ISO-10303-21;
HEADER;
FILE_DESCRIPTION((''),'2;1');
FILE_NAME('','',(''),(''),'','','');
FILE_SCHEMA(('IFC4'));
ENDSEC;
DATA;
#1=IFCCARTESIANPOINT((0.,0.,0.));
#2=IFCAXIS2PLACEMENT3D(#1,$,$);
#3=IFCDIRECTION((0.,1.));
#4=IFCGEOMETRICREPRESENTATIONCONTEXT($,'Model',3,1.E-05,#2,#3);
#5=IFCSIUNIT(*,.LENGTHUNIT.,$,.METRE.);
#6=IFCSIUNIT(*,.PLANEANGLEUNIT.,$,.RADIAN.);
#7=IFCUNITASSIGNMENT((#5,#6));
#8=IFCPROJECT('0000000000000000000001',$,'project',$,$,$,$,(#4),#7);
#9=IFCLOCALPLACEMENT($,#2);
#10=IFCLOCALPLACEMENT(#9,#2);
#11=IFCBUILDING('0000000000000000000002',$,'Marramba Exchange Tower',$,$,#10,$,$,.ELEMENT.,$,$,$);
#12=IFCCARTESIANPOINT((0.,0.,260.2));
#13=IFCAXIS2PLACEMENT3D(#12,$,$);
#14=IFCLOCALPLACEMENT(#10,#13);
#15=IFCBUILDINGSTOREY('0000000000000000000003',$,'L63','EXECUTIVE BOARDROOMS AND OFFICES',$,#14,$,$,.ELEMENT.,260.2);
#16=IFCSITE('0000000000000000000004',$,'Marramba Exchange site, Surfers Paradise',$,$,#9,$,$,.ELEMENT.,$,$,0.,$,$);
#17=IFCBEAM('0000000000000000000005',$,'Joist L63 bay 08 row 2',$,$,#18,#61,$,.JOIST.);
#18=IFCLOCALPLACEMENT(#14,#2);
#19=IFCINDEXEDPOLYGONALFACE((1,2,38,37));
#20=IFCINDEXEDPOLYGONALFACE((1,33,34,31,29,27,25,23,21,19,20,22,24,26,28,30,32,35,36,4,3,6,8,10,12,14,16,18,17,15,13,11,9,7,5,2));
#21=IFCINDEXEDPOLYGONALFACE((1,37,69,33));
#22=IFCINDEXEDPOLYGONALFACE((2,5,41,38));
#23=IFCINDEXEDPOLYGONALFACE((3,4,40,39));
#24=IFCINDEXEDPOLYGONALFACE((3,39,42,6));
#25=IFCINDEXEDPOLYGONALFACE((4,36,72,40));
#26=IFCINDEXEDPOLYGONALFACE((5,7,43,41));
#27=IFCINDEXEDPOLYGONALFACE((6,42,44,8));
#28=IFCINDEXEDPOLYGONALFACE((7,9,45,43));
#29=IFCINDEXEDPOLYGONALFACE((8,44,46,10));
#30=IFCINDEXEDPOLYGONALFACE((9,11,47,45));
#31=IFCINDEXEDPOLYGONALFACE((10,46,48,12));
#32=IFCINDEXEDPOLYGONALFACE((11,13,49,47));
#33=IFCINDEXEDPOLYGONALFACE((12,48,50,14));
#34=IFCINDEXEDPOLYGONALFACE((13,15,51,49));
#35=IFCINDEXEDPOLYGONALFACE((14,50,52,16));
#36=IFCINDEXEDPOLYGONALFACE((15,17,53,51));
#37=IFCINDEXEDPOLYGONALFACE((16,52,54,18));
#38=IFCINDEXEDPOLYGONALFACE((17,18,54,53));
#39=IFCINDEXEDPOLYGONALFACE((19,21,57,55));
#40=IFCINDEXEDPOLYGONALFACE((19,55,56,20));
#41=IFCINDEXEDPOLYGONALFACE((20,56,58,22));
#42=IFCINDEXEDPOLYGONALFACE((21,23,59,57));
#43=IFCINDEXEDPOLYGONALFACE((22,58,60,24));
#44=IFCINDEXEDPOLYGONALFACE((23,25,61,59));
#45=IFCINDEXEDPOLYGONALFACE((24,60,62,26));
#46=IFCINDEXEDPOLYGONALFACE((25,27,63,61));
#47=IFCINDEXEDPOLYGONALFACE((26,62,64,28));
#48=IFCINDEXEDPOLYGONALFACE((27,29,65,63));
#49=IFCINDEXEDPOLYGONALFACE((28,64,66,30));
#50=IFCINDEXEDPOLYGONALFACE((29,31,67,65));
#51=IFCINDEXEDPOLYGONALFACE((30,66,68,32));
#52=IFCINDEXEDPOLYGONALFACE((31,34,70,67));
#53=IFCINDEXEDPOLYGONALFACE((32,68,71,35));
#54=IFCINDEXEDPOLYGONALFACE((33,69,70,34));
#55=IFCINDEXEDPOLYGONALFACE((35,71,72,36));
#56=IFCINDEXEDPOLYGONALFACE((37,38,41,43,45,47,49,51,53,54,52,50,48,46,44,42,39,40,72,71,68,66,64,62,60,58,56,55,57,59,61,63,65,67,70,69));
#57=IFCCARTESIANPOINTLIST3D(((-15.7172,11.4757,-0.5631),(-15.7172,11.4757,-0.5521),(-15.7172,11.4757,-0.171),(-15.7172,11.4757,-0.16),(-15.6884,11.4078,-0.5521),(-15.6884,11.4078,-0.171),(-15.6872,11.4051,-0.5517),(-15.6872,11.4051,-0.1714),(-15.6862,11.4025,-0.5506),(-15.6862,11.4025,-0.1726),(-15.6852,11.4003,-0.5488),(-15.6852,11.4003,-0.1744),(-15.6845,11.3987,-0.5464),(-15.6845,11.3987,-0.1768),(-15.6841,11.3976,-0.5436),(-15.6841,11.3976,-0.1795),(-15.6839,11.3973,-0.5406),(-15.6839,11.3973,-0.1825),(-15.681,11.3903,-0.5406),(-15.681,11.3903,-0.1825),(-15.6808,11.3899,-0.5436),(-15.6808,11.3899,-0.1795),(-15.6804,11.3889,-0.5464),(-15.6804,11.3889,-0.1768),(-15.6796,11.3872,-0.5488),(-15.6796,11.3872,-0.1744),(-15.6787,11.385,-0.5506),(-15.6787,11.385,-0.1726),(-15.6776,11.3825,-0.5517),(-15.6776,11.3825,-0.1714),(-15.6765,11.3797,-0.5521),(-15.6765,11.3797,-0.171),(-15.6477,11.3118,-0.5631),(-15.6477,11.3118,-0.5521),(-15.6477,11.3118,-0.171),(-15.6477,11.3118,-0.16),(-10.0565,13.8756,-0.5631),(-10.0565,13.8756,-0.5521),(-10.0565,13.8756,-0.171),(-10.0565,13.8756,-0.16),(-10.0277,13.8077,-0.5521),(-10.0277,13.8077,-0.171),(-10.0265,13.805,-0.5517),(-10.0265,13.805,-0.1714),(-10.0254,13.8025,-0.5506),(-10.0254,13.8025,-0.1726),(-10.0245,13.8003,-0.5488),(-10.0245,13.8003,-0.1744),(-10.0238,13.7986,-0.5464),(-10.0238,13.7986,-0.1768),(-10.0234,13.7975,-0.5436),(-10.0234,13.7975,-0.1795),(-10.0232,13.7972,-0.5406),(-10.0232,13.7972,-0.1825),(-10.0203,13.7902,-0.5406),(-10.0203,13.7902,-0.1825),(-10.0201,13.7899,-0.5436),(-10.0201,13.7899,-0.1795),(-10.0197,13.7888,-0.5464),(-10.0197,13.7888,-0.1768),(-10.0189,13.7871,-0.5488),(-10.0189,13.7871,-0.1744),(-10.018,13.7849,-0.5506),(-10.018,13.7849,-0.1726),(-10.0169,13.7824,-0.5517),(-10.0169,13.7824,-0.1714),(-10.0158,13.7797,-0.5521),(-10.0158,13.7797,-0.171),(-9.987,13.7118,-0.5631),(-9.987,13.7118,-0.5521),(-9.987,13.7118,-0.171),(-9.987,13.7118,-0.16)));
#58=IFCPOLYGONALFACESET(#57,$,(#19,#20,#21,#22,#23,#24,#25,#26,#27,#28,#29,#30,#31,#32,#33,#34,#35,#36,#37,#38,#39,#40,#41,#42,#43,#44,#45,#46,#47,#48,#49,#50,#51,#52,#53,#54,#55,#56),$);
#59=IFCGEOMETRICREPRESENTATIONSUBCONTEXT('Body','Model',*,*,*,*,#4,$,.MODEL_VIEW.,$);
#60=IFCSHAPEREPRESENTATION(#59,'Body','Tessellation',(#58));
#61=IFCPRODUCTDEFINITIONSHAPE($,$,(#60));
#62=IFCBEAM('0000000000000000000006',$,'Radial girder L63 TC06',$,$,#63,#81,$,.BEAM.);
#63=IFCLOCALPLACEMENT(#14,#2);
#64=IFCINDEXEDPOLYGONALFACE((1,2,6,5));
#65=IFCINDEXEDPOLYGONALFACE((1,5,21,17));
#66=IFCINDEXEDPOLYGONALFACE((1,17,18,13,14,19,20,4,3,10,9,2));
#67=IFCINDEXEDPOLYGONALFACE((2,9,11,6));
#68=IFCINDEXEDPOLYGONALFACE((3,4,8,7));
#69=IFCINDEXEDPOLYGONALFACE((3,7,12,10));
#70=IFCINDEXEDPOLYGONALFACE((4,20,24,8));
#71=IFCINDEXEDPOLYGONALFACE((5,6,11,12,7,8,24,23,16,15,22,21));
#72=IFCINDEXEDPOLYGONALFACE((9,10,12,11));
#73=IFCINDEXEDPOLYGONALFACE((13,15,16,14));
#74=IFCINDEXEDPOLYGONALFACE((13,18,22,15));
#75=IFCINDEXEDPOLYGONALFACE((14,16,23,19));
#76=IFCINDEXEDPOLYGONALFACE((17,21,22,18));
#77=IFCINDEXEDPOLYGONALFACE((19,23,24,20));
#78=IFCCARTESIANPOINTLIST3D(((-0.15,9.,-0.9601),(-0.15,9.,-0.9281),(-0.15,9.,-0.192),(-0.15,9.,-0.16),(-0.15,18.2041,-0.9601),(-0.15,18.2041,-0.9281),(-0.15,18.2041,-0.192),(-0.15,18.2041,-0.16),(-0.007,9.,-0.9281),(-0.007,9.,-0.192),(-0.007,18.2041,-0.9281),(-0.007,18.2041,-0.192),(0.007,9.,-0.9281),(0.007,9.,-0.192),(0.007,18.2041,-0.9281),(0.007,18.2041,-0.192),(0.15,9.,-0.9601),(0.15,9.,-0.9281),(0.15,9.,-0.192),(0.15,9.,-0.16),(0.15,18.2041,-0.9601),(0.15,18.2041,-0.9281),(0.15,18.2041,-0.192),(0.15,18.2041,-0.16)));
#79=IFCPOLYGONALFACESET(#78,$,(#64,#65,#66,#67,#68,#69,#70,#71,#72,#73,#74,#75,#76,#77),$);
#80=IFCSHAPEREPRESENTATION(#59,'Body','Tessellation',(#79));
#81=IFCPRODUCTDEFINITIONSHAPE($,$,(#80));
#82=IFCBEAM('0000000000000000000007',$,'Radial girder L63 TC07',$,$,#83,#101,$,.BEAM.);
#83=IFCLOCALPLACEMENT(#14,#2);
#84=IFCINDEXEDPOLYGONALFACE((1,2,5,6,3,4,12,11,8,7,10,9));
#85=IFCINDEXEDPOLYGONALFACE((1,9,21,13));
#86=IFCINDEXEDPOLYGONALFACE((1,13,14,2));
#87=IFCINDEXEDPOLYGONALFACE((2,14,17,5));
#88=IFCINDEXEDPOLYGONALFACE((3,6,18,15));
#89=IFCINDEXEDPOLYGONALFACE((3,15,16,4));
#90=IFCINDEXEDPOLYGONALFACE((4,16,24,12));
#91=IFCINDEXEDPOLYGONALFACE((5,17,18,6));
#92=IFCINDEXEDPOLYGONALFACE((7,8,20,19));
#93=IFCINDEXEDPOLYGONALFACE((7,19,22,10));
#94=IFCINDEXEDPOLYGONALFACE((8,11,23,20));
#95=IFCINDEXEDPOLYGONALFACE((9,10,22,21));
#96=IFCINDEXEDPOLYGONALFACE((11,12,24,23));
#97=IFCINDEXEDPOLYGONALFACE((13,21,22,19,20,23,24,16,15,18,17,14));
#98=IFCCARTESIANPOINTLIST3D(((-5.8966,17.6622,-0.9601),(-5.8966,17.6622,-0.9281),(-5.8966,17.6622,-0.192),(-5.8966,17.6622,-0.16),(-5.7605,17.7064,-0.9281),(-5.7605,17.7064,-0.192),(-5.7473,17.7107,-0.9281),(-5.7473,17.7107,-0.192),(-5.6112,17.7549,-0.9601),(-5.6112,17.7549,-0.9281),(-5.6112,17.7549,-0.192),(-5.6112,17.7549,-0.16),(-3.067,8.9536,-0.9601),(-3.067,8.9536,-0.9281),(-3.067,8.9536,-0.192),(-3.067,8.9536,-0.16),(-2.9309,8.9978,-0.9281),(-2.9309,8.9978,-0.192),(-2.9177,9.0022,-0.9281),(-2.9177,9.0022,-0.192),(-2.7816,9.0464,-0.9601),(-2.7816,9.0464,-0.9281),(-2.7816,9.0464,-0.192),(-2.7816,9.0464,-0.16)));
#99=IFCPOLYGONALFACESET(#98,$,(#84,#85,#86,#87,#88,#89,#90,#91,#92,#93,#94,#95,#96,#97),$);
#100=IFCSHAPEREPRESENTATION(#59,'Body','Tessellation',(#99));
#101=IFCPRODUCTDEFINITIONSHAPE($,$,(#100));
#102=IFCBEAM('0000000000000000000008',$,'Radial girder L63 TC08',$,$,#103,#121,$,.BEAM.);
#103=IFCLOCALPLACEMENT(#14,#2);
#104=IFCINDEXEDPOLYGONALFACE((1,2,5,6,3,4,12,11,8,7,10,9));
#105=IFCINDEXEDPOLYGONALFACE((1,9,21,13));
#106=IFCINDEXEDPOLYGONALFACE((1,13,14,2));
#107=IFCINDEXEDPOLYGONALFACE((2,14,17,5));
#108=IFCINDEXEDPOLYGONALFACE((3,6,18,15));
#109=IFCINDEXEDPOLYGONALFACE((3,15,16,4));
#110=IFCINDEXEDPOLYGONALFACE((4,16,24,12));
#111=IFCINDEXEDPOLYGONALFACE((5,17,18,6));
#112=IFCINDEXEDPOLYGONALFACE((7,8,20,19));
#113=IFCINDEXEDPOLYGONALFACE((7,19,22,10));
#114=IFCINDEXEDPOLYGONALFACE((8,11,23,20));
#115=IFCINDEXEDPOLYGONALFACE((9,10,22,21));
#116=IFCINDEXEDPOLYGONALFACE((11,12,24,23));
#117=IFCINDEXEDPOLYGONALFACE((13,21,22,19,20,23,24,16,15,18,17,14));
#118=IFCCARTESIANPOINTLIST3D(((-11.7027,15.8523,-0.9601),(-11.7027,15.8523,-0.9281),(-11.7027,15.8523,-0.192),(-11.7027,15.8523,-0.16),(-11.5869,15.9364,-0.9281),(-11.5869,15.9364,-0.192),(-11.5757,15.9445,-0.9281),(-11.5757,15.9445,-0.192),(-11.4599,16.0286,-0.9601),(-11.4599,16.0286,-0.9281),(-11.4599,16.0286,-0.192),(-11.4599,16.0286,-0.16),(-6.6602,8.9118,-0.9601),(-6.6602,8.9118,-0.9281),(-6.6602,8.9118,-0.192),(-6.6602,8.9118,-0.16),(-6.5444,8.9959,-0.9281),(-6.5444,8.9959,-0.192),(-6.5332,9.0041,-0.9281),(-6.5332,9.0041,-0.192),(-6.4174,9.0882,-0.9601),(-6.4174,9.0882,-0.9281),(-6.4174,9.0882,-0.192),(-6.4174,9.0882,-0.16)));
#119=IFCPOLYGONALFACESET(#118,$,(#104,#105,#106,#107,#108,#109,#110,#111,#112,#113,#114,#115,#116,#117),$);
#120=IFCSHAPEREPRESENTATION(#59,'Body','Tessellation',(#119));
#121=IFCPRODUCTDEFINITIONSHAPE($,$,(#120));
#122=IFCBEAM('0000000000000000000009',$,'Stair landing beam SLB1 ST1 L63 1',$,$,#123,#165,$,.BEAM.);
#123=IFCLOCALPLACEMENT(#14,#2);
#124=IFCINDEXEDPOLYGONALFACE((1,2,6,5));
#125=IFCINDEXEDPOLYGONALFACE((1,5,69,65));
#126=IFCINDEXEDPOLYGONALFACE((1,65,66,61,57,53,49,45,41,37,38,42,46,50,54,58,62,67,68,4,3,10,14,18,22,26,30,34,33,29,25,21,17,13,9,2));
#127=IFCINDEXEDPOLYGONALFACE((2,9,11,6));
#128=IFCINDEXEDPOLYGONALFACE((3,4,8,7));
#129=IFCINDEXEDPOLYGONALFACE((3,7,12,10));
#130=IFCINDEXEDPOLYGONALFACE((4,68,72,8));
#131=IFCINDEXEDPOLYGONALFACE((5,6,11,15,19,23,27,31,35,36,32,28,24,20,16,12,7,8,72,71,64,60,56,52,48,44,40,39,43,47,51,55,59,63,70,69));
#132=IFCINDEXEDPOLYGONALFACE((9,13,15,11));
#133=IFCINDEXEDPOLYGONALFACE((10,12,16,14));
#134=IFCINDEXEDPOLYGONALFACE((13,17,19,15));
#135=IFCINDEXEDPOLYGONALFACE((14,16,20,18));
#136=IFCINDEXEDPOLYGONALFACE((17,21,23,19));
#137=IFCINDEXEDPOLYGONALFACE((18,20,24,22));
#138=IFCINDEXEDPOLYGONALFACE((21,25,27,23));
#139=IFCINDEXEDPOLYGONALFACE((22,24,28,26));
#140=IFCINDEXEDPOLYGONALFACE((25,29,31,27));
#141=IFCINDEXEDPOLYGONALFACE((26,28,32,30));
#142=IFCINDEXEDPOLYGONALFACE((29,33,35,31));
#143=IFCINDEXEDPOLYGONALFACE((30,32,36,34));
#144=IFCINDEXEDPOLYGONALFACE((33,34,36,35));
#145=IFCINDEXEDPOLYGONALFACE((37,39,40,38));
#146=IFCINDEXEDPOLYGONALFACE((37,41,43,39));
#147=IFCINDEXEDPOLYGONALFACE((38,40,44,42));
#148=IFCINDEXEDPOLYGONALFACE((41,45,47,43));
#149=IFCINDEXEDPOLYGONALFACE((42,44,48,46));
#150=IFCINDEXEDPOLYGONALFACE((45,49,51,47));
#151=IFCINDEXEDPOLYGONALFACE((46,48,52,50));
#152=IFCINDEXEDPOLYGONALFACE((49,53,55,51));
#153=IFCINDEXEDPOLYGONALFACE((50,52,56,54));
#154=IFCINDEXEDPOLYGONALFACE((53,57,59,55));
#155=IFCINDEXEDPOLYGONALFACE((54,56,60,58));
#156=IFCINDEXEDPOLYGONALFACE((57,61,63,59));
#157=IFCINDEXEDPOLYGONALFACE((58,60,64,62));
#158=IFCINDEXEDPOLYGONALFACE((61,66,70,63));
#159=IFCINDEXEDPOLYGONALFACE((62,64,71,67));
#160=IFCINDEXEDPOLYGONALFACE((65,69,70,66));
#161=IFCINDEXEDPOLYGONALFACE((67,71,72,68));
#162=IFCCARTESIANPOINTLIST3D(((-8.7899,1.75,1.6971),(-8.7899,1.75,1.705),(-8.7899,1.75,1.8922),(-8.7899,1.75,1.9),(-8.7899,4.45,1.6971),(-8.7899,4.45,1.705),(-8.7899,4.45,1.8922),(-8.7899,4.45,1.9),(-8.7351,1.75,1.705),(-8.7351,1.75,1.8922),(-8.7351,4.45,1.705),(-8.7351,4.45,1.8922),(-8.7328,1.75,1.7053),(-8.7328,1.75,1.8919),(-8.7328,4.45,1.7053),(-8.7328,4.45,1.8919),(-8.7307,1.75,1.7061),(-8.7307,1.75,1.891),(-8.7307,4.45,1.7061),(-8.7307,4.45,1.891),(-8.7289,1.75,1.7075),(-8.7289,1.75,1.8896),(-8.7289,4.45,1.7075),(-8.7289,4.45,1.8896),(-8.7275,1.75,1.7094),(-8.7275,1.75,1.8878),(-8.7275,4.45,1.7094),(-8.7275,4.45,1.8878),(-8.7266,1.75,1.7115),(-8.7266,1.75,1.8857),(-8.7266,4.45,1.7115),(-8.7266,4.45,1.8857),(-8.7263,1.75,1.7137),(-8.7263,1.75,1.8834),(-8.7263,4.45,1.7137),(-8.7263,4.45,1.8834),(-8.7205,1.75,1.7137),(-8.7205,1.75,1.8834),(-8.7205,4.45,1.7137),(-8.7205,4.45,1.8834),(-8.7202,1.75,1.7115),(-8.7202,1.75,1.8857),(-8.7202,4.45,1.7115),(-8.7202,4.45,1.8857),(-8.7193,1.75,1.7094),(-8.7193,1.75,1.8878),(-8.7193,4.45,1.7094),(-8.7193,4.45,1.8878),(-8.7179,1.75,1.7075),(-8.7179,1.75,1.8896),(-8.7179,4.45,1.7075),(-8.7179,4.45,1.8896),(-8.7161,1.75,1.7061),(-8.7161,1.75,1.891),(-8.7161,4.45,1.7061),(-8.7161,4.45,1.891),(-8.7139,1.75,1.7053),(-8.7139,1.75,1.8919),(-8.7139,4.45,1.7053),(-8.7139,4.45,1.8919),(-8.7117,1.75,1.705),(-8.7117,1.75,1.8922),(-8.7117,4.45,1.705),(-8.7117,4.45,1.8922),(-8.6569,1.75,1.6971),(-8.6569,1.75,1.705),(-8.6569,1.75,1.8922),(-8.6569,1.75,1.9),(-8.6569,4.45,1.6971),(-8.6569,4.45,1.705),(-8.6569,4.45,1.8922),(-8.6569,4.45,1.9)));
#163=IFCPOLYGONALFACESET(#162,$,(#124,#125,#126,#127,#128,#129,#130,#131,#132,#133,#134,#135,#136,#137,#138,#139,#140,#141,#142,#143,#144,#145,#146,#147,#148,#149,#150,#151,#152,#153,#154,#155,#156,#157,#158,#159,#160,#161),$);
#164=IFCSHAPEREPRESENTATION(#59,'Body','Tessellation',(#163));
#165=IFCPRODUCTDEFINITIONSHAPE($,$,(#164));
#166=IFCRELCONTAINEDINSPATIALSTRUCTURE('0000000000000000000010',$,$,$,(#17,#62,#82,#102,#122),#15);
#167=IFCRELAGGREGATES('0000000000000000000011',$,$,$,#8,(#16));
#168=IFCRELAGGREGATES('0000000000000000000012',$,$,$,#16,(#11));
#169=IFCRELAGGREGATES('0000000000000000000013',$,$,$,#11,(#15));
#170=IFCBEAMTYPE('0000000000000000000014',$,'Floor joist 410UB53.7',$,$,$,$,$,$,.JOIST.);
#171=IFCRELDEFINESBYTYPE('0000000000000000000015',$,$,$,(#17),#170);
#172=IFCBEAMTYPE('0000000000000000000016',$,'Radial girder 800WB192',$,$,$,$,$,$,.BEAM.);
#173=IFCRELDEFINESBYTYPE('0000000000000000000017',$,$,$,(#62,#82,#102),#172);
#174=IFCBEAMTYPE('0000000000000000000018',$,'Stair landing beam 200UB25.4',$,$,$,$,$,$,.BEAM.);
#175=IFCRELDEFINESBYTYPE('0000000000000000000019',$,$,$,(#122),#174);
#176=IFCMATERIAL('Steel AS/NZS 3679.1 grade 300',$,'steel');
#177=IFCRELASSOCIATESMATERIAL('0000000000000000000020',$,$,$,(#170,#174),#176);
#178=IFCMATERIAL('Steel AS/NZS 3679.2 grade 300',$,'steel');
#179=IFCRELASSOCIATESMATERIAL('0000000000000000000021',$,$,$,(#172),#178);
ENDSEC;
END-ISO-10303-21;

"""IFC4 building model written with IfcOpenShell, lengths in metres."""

from ifc_helpers import new_model, si_unit, direction, frame, origin, origin_2d, place, context, subcontext, project, spatial, i_section, extrude, material, material_profile, profile_set, type_object, element, save


model = new_model("IFC4")

# Units and contexts
model_context = context("Model", 3, precision=1e-05, world=origin(), true_north=direction((0.0, 1.0)))
body_context = subcontext(model_context, "Body", "Model", "MODEL_VIEW")
ifc_project = project(units=[si_unit("LENGTHUNIT", "METRE"), si_unit("PLANEANGLEUNIT", "RADIAN")], contexts=[model_context])

# Site, building, storey
site_placement = place(None, origin())
site = spatial("IfcSite", under=ifc_project, at=site_placement, Name="Marramba Exchange site, Surfers Paradise", CompositionType="ELEMENT", RefElevation=0.0)
building_placement = place(site_placement, origin())
building = spatial("IfcBuilding", under=site, at=building_placement, Name="Marramba Exchange Tower", CompositionType="ELEMENT")
storey_placement = place(building_placement, frame((0.0, 0.0, 260.2)))
storey = spatial("IfcBuildingStorey", under=building, at=storey_placement, Name="L63", Description="EXECUTIVE BOARDROOMS AND OFFICES", CompositionType="ELEMENT", Elevation=260.2)

# Beams
ifc_material_1 = material(Name="Steel AS/NZS 3679.1 grade 300", Category="steel")
ifc_material_profile_1 = material_profile(ifc_material_1, i_section(OverallWidth=0.178, OverallDepth=0.4031, WebThickness=0.0076, FlangeThickness=0.011, FilletRadius=0.0115, at=origin_2d()), Name="410UB53.7")
ifc_profile_set_1 = profile_set([ifc_material_profile_1], Name="Steel AS/NZS 3679.1 grade 300")
beam_type_1 = type_object("IfcBeamType", Name="Floor joist 410UB53.7", PredefinedType="JOIST", material=ifc_profile_set_1)
beam_1_placement = place(storey_placement, frame((-10.0217, 13.7937, -0.3616), z_axis=(-0.920674, -0.390332, 0.0), x_axis=(0.390332, -0.920674, 0.0)))
element("IfcBeam", 1, at=beam_1_placement, inside=storey, type_object=beam_type_1, Name="Joist L63 bay 08 row 2", PredefinedType="JOIST", context=body_context, shape_type="SweptSolid", body=[
    extrude(i_section(OverallWidth=0.178, OverallDepth=0.4031, WebThickness=0.0076, FlangeThickness=0.011, FilletRadius=0.0115, at=origin_2d()), origin(), (0.0, 0.0, 1.0), 6.1484),
])
ifc_material_2 = material(Name="Steel AS/NZS 3679.2 grade 300", Category="steel")
ifc_material_profile_2 = material_profile(ifc_material_2, i_section(OverallWidth=0.3, OverallDepth=0.8, WebThickness=0.0139, FlangeThickness=0.032, at=origin_2d()), Name="800WB192")
ifc_profile_set_2 = profile_set([ifc_material_profile_2], Name="Steel AS/NZS 3679.2 grade 300")
beam_type_2 = type_object("IfcBeamType", Name="Radial girder 800WB192", PredefinedType="BEAM", material=ifc_profile_set_2)
beam_2_placement = place(storey_placement, frame((0.0, 9.0, -0.5601), z_axis=(0.0, 1.0, 0.0), x_axis=(-1.0, 0.0, 0.0)))
element("IfcBeam", 2, at=beam_2_placement, inside=storey, type_object=beam_type_2, Name="Radial girder L63 TC06", PredefinedType="BEAM", context=body_context, shape_type="SweptSolid", body=[
    extrude(i_section(OverallWidth=0.3, OverallDepth=0.8, WebThickness=0.0139, FlangeThickness=0.032, at=origin_2d()), origin(), (0.0, 0.0, 1.0), 9.2041),
])
beam_3_placement = place(storey_placement, frame((-2.9243, 9.0, -0.5601), z_axis=(-0.30902, 0.951056, 0.0), x_axis=(-0.951056, -0.30902, 0.0)))
element("IfcBeam", 3, at=beam_3_placement, inside=storey, type_object=beam_type_2, Name="Radial girder L63 TC07", PredefinedType="BEAM", context=body_context, shape_type="SweptSolid", body=[
    extrude(i_section(OverallWidth=0.3, OverallDepth=0.8, WebThickness=0.0139, FlangeThickness=0.032, at=origin_2d()), origin(), (0.0, 0.0, 1.0), 9.1567),
])
beam_4_placement = place(storey_placement, frame((-6.5388, 9.0, -0.5601), z_axis=(-0.587782, 0.809019, 0.0), x_axis=(-0.809019, -0.587782, 0.0)))
element("IfcBeam", 4, at=beam_4_placement, inside=storey, type_object=beam_type_2, Name="Radial girder L63 TC08", PredefinedType="BEAM", context=body_context, shape_type="SweptSolid", body=[
    extrude(i_section(OverallWidth=0.3, OverallDepth=0.8, WebThickness=0.0139, FlangeThickness=0.032, at=origin_2d()), origin(), (0.0, 0.0, 1.0), 8.5789),
])
ifc_material_profile_3 = material_profile(ifc_material_1, i_section(OverallWidth=0.1331, OverallDepth=0.2029, WebThickness=0.0059, FlangeThickness=0.0078, FilletRadius=0.0088, at=origin_2d()), Name="200UB25.4")
ifc_profile_set_3 = profile_set([ifc_material_profile_3], Name="Steel AS/NZS 3679.1 grade 300")
beam_type_3 = type_object("IfcBeamType", Name="Stair landing beam 200UB25.4", PredefinedType="BEAM", material=ifc_profile_set_3)
for number, where, z_axis, x_axis, name in (
    (5, (-8.7234, 1.75, 1.7986), (0.0, 1.0, 0.0), (-1.0, 0.0, 0.0), "Stair landing beam SLB1 ST1 L63 1"),
):
    element("IfcBeam", number, at=place(storey_placement, frame(where, z_axis=z_axis, x_axis=x_axis)), inside=storey, type_object=beam_type_3, Name=name, PredefinedType="BEAM", context=body_context, shape_type="SweptSolid", body=[
        extrude(i_section(OverallWidth=0.1331, OverallDepth=0.2029, WebThickness=0.0059, FlangeThickness=0.0078, FilletRadius=0.0088, at=origin_2d()), origin(), (0.0, 0.0, 1.0), 2.7),
    ])

save(model, "model.ifc")
